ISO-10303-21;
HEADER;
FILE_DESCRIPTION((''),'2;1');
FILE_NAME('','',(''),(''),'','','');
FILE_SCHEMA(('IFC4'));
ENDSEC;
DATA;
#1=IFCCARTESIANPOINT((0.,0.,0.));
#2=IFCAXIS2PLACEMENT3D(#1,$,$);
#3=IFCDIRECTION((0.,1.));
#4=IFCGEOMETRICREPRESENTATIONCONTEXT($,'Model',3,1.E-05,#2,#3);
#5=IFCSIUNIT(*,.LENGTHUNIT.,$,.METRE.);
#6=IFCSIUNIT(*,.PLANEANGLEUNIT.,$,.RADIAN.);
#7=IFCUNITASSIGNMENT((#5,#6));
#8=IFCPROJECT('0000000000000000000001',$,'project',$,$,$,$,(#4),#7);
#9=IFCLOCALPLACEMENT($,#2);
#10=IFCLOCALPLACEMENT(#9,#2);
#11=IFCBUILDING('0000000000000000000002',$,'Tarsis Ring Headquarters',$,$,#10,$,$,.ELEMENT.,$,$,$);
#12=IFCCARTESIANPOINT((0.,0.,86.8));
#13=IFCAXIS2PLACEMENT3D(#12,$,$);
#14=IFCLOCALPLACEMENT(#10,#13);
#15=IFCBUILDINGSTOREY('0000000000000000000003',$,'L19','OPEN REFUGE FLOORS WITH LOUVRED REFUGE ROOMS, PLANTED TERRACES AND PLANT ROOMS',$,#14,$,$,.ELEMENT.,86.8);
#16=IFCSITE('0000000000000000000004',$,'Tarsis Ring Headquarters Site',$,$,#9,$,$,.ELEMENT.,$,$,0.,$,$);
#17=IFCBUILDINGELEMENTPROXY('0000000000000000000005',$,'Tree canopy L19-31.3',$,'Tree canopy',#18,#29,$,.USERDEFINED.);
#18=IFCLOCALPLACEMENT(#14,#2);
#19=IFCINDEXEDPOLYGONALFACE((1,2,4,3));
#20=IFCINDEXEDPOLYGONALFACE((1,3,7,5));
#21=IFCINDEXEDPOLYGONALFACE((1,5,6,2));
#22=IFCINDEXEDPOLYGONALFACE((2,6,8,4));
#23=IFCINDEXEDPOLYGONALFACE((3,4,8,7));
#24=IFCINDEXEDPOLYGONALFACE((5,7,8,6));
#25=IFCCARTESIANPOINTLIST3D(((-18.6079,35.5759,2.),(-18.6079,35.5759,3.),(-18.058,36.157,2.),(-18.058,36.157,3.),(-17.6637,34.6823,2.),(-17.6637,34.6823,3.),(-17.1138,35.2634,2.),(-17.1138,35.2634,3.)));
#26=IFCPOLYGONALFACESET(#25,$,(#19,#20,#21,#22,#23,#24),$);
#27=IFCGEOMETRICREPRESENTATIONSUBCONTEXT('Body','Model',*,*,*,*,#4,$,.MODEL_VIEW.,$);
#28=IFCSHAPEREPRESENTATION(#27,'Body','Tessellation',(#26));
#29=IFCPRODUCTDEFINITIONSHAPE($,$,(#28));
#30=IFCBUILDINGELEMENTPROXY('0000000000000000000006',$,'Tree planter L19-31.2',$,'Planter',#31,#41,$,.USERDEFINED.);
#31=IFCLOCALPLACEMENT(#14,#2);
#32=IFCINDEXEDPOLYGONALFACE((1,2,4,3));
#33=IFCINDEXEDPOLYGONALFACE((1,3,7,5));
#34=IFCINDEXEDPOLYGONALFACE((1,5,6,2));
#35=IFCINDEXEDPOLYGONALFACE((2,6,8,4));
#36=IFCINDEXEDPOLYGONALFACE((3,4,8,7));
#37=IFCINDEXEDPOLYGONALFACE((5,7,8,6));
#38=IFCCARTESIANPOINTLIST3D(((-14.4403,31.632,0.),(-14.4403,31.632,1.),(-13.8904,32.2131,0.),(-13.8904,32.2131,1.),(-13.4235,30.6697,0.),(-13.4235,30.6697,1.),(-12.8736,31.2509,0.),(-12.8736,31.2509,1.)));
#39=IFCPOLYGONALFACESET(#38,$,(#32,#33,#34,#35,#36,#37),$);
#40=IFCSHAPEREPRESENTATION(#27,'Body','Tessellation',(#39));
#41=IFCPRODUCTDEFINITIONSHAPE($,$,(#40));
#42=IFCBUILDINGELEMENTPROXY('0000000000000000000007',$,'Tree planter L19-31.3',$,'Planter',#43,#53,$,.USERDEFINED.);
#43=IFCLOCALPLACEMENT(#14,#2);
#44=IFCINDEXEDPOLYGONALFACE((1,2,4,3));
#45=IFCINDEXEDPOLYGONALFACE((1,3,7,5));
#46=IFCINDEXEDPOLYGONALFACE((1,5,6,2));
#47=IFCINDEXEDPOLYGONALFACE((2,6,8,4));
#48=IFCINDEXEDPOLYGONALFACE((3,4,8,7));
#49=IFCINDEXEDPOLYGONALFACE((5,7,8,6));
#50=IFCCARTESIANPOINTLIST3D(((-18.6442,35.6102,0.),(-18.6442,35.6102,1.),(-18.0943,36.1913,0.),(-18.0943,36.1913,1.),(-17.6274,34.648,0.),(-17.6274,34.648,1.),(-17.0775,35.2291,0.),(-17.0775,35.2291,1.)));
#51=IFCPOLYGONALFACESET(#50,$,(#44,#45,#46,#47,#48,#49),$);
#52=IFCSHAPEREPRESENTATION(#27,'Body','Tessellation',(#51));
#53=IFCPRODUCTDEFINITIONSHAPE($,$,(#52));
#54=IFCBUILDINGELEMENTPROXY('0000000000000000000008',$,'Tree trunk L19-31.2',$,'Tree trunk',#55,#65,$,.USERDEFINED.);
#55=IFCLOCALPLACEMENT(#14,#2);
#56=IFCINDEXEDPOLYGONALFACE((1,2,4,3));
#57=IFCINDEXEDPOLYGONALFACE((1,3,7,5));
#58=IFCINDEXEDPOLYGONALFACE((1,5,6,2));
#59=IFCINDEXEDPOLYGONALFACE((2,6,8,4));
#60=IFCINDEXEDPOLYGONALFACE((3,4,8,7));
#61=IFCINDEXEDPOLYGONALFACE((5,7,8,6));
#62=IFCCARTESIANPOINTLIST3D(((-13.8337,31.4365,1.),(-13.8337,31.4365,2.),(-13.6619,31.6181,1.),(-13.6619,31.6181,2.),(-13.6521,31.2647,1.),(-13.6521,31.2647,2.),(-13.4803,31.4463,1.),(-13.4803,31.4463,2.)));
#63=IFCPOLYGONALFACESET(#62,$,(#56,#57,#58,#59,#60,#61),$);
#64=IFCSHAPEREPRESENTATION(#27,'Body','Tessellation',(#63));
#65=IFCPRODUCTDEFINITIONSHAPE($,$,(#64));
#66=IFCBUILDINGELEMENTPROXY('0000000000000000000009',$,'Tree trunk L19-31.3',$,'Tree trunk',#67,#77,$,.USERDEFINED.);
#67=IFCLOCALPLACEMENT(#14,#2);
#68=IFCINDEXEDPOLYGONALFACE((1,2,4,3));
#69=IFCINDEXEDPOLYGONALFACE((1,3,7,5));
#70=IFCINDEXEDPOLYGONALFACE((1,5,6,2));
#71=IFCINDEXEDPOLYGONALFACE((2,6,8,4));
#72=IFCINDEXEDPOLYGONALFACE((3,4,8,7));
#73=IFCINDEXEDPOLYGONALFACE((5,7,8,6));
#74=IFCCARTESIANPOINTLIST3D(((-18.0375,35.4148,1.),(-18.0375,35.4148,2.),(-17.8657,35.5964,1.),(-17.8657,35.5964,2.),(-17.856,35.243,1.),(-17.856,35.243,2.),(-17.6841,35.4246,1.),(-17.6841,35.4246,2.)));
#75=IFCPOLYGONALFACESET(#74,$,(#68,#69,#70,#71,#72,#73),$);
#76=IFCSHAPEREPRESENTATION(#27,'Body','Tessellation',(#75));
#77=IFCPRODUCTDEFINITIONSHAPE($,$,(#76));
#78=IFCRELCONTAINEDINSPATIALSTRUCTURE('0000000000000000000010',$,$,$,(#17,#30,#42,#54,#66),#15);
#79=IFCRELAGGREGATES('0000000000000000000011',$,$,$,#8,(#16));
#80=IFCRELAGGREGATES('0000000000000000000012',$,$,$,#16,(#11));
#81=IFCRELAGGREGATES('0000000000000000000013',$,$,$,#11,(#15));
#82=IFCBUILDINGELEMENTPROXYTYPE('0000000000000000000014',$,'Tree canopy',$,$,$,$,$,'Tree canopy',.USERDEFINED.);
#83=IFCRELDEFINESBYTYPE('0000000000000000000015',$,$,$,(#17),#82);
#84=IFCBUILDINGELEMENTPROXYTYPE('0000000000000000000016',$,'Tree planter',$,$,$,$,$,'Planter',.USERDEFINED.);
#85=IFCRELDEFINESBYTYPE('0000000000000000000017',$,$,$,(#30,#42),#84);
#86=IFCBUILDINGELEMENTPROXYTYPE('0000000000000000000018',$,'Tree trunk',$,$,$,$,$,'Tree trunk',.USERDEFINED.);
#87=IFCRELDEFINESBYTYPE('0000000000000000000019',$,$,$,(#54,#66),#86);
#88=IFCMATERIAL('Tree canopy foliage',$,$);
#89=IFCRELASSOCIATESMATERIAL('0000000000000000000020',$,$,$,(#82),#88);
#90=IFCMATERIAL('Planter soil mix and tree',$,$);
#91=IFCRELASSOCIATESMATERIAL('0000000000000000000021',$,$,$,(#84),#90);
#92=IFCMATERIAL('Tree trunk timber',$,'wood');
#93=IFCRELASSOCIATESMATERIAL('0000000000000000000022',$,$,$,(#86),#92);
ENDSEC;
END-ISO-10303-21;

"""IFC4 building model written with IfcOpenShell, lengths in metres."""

from ifc_helpers import new_model, si_unit, direction, frame, origin, origin_2d, place, context, subcontext, project, spatial, rectangle, extrude, material, type_object, element, save


model = new_model("IFC4")

# Units and contexts
model_context = context("Model", 3, precision=1e-05, world=origin(), true_north=direction((0.0, 1.0)))
body_context = subcontext(model_context, "Body", "Model", "MODEL_VIEW")
ifc_project = project(units=[si_unit("LENGTHUNIT", "METRE"), si_unit("PLANEANGLEUNIT", "RADIAN")], contexts=[model_context])

# Site, building, storey
site_placement = place(None, origin())
site = spatial("IfcSite", under=ifc_project, at=site_placement, Name="Tarsis Ring Headquarters Site", CompositionType="ELEMENT", RefElevation=0.0)
building_placement = place(site_placement, origin())
building = spatial("IfcBuilding", under=site, at=building_placement, Name="Tarsis Ring Headquarters", CompositionType="ELEMENT")
storey_placement = place(building_placement, frame((0.0, 0.0, 86.8)))
storey = spatial("IfcBuildingStorey", under=building, at=storey_placement, Name="L19", Description="OPEN REFUGE FLOORS WITH LOUVRED REFUGE ROOMS, PLANTED TERRACES AND PLANT ROOMS", CompositionType="ELEMENT", Elevation=86.8)

# Building element proxies
ifc_material_1 = material(Name="Tree canopy foliage")
building_element_proxy_type_1 = type_object("IfcBuildingElementProxyType", Name="Tree canopy", ElementType="Tree canopy", PredefinedType="USERDEFINED", material=ifc_material_1)
for number, where, z_axis, x_axis, name in (
    (1, (-17.8608, 35.4197, 2.0), (0.0, 0.0, 1.0), (-0.726335, 0.687341, 0.0), "Tree canopy L19-31.3"),
):
    element("IfcBuildingElementProxy", number, at=place(storey_placement, frame(where, z_axis=z_axis, x_axis=x_axis)), inside=storey, type_object=building_element_proxy_type_1, Name=name, ObjectType="Tree canopy", PredefinedType="USERDEFINED", context=body_context, shape_type="SweptSolid", body=[
        extrude(rectangle(XDim=1.3, YDim=0.8, at=origin_2d()), origin(), (0.0, 0.0, 1.0), 1.0),
    ])
ifc_material_2 = material(Name="Planter soil mix and tree")
building_element_proxy_type_2 = type_object("IfcBuildingElementProxyType", Name="Tree planter", ElementType="Planter", PredefinedType="USERDEFINED", material=ifc_material_2)
for number, where, z_axis, x_axis, name in (
    (2, (-13.657, 31.4414, 0.0), (0.0, 0.0, 1.0), (-0.726335, 0.687341, 0.0), "Tree planter L19-31.2"),
    (3, (-17.8608, 35.4197, 0.0), (0.0, 0.0, 1.0), (-0.726335, 0.687341, 0.0), "Tree planter L19-31.3"),
):
    element("IfcBuildingElementProxy", number, at=place(storey_placement, frame(where, z_axis=z_axis, x_axis=x_axis)), inside=storey, type_object=building_element_proxy_type_2, Name=name, ObjectType="Planter", PredefinedType="USERDEFINED", context=body_context, shape_type="SweptSolid", body=[
        extrude(rectangle(XDim=1.3999, YDim=0.8, at=origin_2d()), origin(), (0.0, 0.0, 1.0), 1.0),
    ])
ifc_material_3 = material(Name="Tree trunk timber", Category="wood")
building_element_proxy_type_3 = type_object("IfcBuildingElementProxyType", Name="Tree trunk", ElementType="Tree trunk", PredefinedType="USERDEFINED", material=ifc_material_3)
for number, where, z_axis, x_axis, name in (
    (4, (-13.657, 31.4414, 1.0), (0.0, 0.0, 1.0), (-0.726335, 0.687341, 0.0), "Tree trunk L19-31.2"),
    (5, (-17.8608, 35.4197, 1.0), (0.0, 0.0, 1.0), (-0.726335, 0.687341, 0.0), "Tree trunk L19-31.3"),
):
    element("IfcBuildingElementProxy", number, at=place(storey_placement, frame(where, z_axis=z_axis, x_axis=x_axis)), inside=storey, type_object=building_element_proxy_type_3, Name=name, ObjectType="Tree trunk", PredefinedType="USERDEFINED", context=body_context, shape_type="SweptSolid", body=[
        extrude(rectangle(XDim=0.25, YDim=0.25, at=origin_2d()), origin(), (0.0, 0.0, 1.0), 1.0),
    ])

save(model, "model.ifc")
